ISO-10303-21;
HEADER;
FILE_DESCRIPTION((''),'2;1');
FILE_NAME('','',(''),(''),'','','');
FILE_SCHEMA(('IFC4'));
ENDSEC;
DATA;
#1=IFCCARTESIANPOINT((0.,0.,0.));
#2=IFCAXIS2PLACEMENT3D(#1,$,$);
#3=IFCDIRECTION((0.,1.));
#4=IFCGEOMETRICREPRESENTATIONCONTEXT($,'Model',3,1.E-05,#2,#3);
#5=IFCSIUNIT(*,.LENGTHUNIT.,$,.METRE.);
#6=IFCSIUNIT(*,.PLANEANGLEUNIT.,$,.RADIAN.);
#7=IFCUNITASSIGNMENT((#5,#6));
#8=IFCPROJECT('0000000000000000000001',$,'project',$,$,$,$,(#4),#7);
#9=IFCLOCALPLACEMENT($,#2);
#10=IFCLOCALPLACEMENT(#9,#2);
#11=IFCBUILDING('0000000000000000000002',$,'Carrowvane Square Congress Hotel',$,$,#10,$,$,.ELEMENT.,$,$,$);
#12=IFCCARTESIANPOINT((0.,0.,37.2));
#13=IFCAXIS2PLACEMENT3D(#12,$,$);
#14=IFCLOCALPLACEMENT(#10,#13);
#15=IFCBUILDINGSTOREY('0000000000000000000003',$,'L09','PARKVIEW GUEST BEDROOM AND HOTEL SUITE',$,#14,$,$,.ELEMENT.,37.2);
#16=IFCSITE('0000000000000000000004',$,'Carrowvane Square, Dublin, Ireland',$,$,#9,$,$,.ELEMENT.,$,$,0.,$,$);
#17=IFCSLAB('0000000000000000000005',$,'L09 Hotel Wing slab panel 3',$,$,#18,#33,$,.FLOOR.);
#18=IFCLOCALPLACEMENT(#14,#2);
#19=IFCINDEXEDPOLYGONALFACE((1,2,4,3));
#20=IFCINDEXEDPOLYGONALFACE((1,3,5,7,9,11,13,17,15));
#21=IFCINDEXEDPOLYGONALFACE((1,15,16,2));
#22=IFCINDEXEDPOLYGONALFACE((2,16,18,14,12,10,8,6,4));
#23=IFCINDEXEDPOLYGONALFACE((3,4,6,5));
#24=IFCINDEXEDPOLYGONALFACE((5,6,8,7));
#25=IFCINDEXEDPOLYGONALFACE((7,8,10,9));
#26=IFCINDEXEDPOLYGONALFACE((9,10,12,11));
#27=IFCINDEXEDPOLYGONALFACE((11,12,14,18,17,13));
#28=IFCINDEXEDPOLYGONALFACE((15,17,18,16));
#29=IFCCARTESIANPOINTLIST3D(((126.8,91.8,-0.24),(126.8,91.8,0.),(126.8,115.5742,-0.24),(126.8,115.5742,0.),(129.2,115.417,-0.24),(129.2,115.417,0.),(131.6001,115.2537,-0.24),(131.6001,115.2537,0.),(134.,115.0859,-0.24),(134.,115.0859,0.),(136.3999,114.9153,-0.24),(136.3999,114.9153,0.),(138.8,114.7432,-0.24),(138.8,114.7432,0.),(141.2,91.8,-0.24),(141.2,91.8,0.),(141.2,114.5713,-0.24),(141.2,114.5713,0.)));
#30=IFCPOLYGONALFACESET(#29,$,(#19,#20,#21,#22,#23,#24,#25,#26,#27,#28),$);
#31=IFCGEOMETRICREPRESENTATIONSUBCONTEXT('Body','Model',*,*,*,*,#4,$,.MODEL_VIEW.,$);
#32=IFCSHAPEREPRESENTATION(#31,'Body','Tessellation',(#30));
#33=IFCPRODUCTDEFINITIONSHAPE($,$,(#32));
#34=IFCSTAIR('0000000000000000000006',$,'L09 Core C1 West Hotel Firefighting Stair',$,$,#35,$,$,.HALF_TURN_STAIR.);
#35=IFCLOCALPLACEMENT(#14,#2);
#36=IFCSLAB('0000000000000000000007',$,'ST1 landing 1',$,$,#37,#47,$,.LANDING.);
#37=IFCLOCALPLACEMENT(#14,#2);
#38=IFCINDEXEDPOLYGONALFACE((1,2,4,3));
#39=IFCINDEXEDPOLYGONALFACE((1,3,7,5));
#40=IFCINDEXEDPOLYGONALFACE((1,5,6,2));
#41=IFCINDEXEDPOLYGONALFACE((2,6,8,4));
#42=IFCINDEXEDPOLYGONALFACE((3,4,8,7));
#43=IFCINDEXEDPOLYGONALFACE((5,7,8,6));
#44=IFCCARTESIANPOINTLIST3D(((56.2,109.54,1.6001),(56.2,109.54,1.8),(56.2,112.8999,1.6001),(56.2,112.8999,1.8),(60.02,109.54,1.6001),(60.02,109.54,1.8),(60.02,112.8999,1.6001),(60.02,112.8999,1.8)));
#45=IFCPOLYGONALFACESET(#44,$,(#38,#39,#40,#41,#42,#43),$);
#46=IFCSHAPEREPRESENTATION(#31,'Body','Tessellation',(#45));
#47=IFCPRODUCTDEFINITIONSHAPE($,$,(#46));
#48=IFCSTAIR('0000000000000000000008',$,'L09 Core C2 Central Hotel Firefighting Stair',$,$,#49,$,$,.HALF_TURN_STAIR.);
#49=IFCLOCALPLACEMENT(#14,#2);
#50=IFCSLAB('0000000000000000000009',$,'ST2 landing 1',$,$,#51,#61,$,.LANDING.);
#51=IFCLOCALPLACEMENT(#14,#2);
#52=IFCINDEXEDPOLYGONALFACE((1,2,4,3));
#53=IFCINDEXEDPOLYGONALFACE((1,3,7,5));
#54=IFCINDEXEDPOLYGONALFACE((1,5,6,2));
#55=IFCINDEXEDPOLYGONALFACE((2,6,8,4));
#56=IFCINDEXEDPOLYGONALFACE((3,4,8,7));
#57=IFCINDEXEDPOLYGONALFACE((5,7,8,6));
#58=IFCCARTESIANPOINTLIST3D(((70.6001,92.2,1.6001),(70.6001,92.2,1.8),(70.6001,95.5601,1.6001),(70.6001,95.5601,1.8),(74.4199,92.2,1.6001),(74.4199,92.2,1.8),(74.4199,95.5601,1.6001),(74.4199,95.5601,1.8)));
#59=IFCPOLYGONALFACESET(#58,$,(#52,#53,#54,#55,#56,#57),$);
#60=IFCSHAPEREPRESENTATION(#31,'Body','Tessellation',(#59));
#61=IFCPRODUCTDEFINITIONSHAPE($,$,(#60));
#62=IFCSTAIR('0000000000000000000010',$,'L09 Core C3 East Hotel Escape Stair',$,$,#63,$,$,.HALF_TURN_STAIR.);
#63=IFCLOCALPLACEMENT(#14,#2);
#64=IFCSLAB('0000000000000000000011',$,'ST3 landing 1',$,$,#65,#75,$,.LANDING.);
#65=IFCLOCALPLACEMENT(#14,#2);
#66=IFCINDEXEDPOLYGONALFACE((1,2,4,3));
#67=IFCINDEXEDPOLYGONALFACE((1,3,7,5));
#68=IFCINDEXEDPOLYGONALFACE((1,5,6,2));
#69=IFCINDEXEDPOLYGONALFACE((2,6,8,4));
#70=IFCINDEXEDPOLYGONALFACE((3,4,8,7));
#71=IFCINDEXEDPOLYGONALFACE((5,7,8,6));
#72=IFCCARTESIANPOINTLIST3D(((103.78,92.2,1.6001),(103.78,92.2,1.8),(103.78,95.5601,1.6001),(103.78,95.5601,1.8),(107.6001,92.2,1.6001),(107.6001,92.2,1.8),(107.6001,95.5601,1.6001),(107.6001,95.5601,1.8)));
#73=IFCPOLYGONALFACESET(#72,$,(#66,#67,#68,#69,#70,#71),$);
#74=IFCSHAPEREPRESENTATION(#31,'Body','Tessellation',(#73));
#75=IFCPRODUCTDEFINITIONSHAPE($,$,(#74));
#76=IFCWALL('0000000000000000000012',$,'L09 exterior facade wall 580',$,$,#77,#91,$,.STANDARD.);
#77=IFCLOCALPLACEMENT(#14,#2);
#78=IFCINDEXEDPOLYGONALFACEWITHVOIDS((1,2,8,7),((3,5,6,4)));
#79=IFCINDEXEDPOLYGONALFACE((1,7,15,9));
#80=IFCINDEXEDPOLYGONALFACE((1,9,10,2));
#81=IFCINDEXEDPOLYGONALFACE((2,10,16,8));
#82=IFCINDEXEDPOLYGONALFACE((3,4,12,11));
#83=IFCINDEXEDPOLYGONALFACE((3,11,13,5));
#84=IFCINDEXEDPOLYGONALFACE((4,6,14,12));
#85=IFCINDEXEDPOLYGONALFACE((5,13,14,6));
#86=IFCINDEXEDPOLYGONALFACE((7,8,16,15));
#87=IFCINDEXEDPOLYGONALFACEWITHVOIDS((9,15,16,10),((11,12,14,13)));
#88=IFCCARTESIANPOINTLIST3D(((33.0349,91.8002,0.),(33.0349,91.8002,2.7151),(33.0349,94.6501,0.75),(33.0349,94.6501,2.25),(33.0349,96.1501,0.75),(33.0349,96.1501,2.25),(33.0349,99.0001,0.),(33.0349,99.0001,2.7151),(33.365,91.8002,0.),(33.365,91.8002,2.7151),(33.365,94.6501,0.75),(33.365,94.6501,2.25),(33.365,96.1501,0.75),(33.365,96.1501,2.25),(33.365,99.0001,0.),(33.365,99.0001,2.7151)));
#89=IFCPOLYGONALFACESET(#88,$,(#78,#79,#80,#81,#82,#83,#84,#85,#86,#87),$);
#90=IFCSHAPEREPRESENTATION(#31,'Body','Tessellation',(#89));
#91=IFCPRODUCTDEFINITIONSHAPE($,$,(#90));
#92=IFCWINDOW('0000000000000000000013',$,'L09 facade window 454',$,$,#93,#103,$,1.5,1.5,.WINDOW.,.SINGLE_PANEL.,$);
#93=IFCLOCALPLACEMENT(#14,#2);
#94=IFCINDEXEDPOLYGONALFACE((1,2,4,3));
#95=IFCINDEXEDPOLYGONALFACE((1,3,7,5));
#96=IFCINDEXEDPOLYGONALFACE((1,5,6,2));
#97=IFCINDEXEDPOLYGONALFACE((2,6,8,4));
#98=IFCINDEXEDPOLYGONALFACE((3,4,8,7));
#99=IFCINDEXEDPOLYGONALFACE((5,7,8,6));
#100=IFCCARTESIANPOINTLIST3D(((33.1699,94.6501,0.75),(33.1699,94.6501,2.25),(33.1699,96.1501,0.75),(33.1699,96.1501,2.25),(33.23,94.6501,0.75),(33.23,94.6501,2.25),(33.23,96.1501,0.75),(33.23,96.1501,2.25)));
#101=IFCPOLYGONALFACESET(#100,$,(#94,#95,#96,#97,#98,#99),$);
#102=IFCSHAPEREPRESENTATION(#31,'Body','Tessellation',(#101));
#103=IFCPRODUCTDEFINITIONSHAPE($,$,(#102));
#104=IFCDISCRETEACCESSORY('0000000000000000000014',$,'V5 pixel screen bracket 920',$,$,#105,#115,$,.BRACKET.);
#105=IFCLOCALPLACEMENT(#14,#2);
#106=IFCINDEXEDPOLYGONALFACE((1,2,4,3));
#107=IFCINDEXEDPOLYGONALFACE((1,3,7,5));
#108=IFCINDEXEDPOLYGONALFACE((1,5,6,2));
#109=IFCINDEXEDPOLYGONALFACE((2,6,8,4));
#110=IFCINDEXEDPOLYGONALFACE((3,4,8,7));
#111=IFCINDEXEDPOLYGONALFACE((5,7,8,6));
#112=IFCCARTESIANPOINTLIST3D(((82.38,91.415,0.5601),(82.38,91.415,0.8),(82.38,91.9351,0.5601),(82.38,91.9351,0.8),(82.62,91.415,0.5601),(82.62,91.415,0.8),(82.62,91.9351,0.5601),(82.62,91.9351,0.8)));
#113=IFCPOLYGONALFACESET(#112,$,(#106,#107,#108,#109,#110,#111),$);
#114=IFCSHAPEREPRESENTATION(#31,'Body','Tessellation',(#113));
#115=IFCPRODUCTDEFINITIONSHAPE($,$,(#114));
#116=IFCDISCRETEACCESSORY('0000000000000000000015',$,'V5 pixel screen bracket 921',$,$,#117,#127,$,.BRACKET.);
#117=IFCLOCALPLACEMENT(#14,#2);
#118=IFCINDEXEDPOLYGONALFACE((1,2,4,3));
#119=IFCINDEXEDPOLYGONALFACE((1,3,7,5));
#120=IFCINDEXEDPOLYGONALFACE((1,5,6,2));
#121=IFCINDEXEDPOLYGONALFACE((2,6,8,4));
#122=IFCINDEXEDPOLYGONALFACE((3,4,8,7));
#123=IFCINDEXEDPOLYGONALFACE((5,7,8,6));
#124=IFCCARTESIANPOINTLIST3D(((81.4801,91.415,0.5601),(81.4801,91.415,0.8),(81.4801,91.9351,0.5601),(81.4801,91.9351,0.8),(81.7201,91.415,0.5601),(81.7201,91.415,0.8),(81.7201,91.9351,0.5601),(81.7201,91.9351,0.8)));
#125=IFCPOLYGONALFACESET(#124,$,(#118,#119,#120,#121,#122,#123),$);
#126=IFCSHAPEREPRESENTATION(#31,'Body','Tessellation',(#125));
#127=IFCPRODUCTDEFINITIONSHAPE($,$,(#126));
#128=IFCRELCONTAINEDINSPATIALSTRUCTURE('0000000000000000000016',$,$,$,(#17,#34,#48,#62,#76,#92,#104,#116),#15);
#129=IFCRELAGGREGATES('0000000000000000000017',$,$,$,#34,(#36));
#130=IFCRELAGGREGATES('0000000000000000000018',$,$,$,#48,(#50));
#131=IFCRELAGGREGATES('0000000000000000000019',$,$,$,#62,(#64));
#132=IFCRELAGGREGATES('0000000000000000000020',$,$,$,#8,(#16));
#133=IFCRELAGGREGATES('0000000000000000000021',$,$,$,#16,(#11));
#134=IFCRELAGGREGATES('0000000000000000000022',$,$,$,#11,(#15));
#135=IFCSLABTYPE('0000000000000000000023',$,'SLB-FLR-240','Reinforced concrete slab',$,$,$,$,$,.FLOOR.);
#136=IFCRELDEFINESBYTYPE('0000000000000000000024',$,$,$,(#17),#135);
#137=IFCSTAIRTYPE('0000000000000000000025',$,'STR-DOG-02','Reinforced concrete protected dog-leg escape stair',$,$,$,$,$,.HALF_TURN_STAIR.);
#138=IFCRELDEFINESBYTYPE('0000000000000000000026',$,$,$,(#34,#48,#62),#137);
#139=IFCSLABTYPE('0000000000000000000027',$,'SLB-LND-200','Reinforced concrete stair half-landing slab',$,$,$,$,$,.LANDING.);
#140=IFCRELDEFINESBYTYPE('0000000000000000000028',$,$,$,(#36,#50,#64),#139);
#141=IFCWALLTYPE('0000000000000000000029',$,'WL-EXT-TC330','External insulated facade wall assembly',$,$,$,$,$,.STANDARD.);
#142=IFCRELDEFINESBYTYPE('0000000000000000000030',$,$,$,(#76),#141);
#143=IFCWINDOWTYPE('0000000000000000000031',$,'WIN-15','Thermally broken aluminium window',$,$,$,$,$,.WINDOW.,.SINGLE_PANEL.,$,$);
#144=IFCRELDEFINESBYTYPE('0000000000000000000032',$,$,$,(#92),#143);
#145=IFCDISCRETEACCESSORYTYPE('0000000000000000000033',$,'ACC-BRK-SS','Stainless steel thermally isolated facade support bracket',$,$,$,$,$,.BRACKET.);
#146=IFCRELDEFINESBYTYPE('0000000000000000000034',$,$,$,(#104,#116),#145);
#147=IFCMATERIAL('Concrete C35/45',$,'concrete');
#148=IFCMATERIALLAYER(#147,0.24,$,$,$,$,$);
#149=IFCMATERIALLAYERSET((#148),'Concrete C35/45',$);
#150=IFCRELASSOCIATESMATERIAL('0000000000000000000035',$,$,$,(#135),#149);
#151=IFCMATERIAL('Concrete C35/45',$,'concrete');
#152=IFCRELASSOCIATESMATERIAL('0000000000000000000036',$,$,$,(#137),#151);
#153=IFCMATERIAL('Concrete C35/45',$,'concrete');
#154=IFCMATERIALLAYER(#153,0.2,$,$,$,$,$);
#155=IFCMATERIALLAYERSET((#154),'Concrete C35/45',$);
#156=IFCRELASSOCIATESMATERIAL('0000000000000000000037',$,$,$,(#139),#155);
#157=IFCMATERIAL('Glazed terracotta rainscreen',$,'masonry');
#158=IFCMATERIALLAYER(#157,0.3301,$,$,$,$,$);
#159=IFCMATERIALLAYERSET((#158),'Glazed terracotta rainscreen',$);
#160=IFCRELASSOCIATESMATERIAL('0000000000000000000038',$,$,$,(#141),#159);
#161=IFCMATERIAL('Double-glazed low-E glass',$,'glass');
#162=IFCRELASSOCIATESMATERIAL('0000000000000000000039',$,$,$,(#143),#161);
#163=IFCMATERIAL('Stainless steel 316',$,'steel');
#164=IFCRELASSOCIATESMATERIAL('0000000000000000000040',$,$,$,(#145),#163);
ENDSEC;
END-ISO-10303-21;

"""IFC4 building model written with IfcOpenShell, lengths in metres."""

from ifc_helpers import new_model, si_unit, direction, frame, frame_2d, origin, origin_2d, place, context, subcontext, project, spatial, polyline, rectangle, outline, extrude, material, layer, layer_set, type_object, element, fill, aggregate, save


model = new_model("IFC4")

# Units and contexts
model_context = context("Model", 3, precision=1e-05, world=origin(), true_north=direction((0.0, 1.0)))
body_context = subcontext(model_context, "Body", "Model", "MODEL_VIEW")
ifc_project = project(units=[si_unit("LENGTHUNIT", "METRE"), si_unit("PLANEANGLEUNIT", "RADIAN")], contexts=[model_context])

# Site, building, storey
site_placement = place(None, origin())
site = spatial("IfcSite", under=ifc_project, at=site_placement, Name="Carrowvane Square, Dublin, Ireland", CompositionType="ELEMENT", RefElevation=0.0)
building_placement = place(site_placement, origin())
building = spatial("IfcBuilding", under=site, at=building_placement, Name="Carrowvane Square Congress Hotel", CompositionType="ELEMENT")
storey_placement = place(building_placement, frame((0.0, 0.0, 37.2)))
storey = spatial("IfcBuildingStorey", under=building, at=storey_placement, Name="L09", Description="PARKVIEW GUEST BEDROOM AND HOTEL SUITE", CompositionType="ELEMENT", Elevation=37.2)

# Slab
ifc_material_1 = material(Name="Concrete C35/45", Category="concrete")
ifc_layer_1 = layer(ifc_material_1, 0.24)
ifc_layer_set_1 = layer_set([ifc_layer_1], Name="Concrete C35/45")
slab_type_1 = type_object("IfcSlabType", Name="SLB-FLR-240", Description="Reinforced concrete slab", PredefinedType="FLOOR", material=ifc_layer_set_1)
slab_1_placement = place(storey_placement, frame((0.0, 0.0, -0.24)))
element("IfcSlab", 1, at=slab_1_placement, inside=storey, type_object=slab_type_1, Name="L09 Hotel Wing slab panel 3", PredefinedType="FLOOR", context=body_context, shape_type="SweptSolid", body=[
    extrude(outline(polyline([(126.8, 91.8), (141.2, 91.8), (141.2, 114.5713), (138.8, 114.7432), (136.3999, 114.9153), (134.0, 115.0859), (131.6001, 115.2537), (129.2, 115.417), (126.8, 115.5742), (126.8, 91.8)])), origin(), (0.0, 0.0, 1.0), 0.24),
])

# Stairs, slabs
ifc_material_2 = material(Name="Concrete C35/45", Category="concrete")
stair_type = type_object("IfcStairType", Name="STR-DOG-02", Description="Reinforced concrete protected dog-leg escape stair", PredefinedType="HALF_TURN_STAIR", material=ifc_material_2)
stair_1_placement = place(storey_placement, origin())
stair_1 = element("IfcStair", 2, at=stair_1_placement, inside=storey, type_object=stair_type, Name="L09 Core C1 West Hotel Firefighting Stair", PredefinedType="HALF_TURN_STAIR")
ifc_material_3 = material(Name="Concrete C35/45", Category="concrete")
ifc_layer_2 = layer(ifc_material_3, 0.2)
ifc_layer_set_2 = layer_set([ifc_layer_2], Name="Concrete C35/45")
slab_type_2 = type_object("IfcSlabType", Name="SLB-LND-200", Description="Reinforced concrete stair half-landing slab", PredefinedType="LANDING", material=ifc_layer_set_2)
slab_2_placement = place(storey_placement, frame((0.0, 0.0, 1.6001)))
slab_2 = element("IfcSlab", 3, at=slab_2_placement, type_object=slab_type_2, Name="ST1 landing 1", PredefinedType="LANDING", context=body_context, shape_type="SweptSolid", body=[
    extrude(outline(polyline([(60.02, 112.8999), (56.2, 112.8999), (56.2, 109.54), (60.02, 109.54), (60.02, 112.8999)])), origin(), (0.0, 0.0, 1.0), 0.2),
])
aggregate(stair_1, [slab_2])
stair_2_placement = place(storey_placement, origin())
stair_2 = element("IfcStair", 4, at=stair_2_placement, inside=storey, type_object=stair_type, Name="L09 Core C2 Central Hotel Firefighting Stair", PredefinedType="HALF_TURN_STAIR")
slab_3_placement = place(storey_placement, frame((0.0, 0.0, 1.6001)))
slab_3 = element("IfcSlab", 5, at=slab_3_placement, type_object=slab_type_2, Name="ST2 landing 1", PredefinedType="LANDING", context=body_context, shape_type="SweptSolid", body=[
    extrude(outline(polyline([(74.4199, 95.5601), (70.6001, 95.5601), (70.6001, 92.2), (74.4199, 92.2), (74.4199, 95.5601)])), origin(), (0.0, 0.0, 1.0), 0.2),
])
aggregate(stair_2, [slab_3])
stair_3_placement = place(storey_placement, origin())
stair_3 = element("IfcStair", 6, at=stair_3_placement, inside=storey, type_object=stair_type, Name="L09 Core C3 East Hotel Escape Stair", PredefinedType="HALF_TURN_STAIR")
slab_4_placement = place(storey_placement, frame((0.0, 0.0, 1.6001)))
slab_4 = element("IfcSlab", 7, at=slab_4_placement, type_object=slab_type_2, Name="ST3 landing 1", PredefinedType="LANDING", context=body_context, shape_type="SweptSolid", body=[
    extrude(outline(polyline([(103.78, 92.2), (107.6001, 92.2), (107.6001, 95.5601), (103.78, 95.5601), (103.78, 92.2)])), origin(), (0.0, 0.0, 1.0), 0.2),
])
aggregate(stair_3, [slab_4])

# Wall, opening, window
ifc_material_4 = material(Name="Glazed terracotta rainscreen", Category="masonry")
ifc_layer_3 = layer(ifc_material_4, 0.3301)
ifc_layer_set_3 = layer_set([ifc_layer_3], Name="Glazed terracotta rainscreen")
wall_type = type_object("IfcWallType", Name="WL-EXT-TC330", Description="External insulated facade wall assembly", PredefinedType="STANDARD", material=ifc_layer_set_3)
wall_placement = place(storey_placement, frame((33.2, 91.8, 0.0), z_axis=(0.0, 0.0, 1.0), x_axis=(0.0, 1.0, 0.0)))
wall = element("IfcWall", 8, at=wall_placement, inside=storey, type_object=wall_type, Name="L09 exterior facade wall 580", PredefinedType="STANDARD", context=body_context, shape_type="SweptSolid", body=[
    extrude(rectangle(XDim=7.2, YDim=0.3301, at=frame_2d((3.6001, 0.0))), origin(), (0.0, 0.0, 1.0), 2.7151),
])
opening_placement = place(wall_placement, frame((2.8501, 0.0, 0.75)))
opening = element("IfcOpeningElement", 9, at=opening_placement, cuts=wall, PredefinedType="OPENING", context=body_context, shape_type="SweptSolid", body=[
    extrude(rectangle(XDim=1.5, YDim=1.5, at=frame_2d((0.75, 0.75))), frame((0.0, 0.175, 0.0), z_axis=(0.0, -1.0, 0.0), x_axis=(1.0, 0.0, 0.0)), (0.0, 0.0, 1.0), 0.3501),
])
ifc_material_5 = material(Name="Double-glazed low-E glass", Category="glass")
window_type = type_object("IfcWindowType", Name="WIN-15", Description="Thermally broken aluminium window", PartitioningType="SINGLE_PANEL", PredefinedType="WINDOW", material=ifc_material_5)
window_placement = place(opening_placement, origin())
window = element("IfcWindow", 10, at=window_placement, inside=storey, type_object=window_type, Name="L09 facade window 454", OverallHeight=1.5, OverallWidth=1.5, PartitioningType="SINGLE_PANEL", PredefinedType="WINDOW", context=body_context, shape_type="SweptSolid", body=[
    extrude(rectangle(XDim=1.5, YDim=1.5, at=frame_2d((0.75, 0.75))), frame((0.0, 0.03, 0.0), z_axis=(0.0, -1.0, 0.0), x_axis=(1.0, 0.0, 0.0)), (0.0, 0.0, 1.0), 0.0601),
])
fill(opening, window)

# Discrete accessories
ifc_material_6 = material(Name="Stainless steel 316", Category="steel")
discrete_accessory_type = type_object("IfcDiscreteAccessoryType", Name="ACC-BRK-SS", Description="Stainless steel thermally isolated facade support bracket", PredefinedType="BRACKET", material=ifc_material_6)
for number, where, z_axis, x_axis, name in (
    (11, (82.5, 91.675, 0.5601), (0.0, 0.0, 1.0), (-1.0, 0.0, 0.0), "V5 pixel screen bracket 920"),
    (12, (81.6001, 91.675, 0.5601), (0.0, 0.0, 1.0), (-1.0, 0.0, 0.0), "V5 pixel screen bracket 921"),
):
    element("IfcDiscreteAccessory", number, at=place(storey_placement, frame(where, z_axis=z_axis, x_axis=x_axis)), inside=storey, type_object=discrete_accessory_type, Name=name, PredefinedType="BRACKET", context=body_context, shape_type="SweptSolid", body=[
        extrude(rectangle(XDim=0.24, YDim=0.52, at=origin_2d()), origin(), (0.0, 0.0, 1.0), 0.24),
    ])

save(model, "model.ifc")
